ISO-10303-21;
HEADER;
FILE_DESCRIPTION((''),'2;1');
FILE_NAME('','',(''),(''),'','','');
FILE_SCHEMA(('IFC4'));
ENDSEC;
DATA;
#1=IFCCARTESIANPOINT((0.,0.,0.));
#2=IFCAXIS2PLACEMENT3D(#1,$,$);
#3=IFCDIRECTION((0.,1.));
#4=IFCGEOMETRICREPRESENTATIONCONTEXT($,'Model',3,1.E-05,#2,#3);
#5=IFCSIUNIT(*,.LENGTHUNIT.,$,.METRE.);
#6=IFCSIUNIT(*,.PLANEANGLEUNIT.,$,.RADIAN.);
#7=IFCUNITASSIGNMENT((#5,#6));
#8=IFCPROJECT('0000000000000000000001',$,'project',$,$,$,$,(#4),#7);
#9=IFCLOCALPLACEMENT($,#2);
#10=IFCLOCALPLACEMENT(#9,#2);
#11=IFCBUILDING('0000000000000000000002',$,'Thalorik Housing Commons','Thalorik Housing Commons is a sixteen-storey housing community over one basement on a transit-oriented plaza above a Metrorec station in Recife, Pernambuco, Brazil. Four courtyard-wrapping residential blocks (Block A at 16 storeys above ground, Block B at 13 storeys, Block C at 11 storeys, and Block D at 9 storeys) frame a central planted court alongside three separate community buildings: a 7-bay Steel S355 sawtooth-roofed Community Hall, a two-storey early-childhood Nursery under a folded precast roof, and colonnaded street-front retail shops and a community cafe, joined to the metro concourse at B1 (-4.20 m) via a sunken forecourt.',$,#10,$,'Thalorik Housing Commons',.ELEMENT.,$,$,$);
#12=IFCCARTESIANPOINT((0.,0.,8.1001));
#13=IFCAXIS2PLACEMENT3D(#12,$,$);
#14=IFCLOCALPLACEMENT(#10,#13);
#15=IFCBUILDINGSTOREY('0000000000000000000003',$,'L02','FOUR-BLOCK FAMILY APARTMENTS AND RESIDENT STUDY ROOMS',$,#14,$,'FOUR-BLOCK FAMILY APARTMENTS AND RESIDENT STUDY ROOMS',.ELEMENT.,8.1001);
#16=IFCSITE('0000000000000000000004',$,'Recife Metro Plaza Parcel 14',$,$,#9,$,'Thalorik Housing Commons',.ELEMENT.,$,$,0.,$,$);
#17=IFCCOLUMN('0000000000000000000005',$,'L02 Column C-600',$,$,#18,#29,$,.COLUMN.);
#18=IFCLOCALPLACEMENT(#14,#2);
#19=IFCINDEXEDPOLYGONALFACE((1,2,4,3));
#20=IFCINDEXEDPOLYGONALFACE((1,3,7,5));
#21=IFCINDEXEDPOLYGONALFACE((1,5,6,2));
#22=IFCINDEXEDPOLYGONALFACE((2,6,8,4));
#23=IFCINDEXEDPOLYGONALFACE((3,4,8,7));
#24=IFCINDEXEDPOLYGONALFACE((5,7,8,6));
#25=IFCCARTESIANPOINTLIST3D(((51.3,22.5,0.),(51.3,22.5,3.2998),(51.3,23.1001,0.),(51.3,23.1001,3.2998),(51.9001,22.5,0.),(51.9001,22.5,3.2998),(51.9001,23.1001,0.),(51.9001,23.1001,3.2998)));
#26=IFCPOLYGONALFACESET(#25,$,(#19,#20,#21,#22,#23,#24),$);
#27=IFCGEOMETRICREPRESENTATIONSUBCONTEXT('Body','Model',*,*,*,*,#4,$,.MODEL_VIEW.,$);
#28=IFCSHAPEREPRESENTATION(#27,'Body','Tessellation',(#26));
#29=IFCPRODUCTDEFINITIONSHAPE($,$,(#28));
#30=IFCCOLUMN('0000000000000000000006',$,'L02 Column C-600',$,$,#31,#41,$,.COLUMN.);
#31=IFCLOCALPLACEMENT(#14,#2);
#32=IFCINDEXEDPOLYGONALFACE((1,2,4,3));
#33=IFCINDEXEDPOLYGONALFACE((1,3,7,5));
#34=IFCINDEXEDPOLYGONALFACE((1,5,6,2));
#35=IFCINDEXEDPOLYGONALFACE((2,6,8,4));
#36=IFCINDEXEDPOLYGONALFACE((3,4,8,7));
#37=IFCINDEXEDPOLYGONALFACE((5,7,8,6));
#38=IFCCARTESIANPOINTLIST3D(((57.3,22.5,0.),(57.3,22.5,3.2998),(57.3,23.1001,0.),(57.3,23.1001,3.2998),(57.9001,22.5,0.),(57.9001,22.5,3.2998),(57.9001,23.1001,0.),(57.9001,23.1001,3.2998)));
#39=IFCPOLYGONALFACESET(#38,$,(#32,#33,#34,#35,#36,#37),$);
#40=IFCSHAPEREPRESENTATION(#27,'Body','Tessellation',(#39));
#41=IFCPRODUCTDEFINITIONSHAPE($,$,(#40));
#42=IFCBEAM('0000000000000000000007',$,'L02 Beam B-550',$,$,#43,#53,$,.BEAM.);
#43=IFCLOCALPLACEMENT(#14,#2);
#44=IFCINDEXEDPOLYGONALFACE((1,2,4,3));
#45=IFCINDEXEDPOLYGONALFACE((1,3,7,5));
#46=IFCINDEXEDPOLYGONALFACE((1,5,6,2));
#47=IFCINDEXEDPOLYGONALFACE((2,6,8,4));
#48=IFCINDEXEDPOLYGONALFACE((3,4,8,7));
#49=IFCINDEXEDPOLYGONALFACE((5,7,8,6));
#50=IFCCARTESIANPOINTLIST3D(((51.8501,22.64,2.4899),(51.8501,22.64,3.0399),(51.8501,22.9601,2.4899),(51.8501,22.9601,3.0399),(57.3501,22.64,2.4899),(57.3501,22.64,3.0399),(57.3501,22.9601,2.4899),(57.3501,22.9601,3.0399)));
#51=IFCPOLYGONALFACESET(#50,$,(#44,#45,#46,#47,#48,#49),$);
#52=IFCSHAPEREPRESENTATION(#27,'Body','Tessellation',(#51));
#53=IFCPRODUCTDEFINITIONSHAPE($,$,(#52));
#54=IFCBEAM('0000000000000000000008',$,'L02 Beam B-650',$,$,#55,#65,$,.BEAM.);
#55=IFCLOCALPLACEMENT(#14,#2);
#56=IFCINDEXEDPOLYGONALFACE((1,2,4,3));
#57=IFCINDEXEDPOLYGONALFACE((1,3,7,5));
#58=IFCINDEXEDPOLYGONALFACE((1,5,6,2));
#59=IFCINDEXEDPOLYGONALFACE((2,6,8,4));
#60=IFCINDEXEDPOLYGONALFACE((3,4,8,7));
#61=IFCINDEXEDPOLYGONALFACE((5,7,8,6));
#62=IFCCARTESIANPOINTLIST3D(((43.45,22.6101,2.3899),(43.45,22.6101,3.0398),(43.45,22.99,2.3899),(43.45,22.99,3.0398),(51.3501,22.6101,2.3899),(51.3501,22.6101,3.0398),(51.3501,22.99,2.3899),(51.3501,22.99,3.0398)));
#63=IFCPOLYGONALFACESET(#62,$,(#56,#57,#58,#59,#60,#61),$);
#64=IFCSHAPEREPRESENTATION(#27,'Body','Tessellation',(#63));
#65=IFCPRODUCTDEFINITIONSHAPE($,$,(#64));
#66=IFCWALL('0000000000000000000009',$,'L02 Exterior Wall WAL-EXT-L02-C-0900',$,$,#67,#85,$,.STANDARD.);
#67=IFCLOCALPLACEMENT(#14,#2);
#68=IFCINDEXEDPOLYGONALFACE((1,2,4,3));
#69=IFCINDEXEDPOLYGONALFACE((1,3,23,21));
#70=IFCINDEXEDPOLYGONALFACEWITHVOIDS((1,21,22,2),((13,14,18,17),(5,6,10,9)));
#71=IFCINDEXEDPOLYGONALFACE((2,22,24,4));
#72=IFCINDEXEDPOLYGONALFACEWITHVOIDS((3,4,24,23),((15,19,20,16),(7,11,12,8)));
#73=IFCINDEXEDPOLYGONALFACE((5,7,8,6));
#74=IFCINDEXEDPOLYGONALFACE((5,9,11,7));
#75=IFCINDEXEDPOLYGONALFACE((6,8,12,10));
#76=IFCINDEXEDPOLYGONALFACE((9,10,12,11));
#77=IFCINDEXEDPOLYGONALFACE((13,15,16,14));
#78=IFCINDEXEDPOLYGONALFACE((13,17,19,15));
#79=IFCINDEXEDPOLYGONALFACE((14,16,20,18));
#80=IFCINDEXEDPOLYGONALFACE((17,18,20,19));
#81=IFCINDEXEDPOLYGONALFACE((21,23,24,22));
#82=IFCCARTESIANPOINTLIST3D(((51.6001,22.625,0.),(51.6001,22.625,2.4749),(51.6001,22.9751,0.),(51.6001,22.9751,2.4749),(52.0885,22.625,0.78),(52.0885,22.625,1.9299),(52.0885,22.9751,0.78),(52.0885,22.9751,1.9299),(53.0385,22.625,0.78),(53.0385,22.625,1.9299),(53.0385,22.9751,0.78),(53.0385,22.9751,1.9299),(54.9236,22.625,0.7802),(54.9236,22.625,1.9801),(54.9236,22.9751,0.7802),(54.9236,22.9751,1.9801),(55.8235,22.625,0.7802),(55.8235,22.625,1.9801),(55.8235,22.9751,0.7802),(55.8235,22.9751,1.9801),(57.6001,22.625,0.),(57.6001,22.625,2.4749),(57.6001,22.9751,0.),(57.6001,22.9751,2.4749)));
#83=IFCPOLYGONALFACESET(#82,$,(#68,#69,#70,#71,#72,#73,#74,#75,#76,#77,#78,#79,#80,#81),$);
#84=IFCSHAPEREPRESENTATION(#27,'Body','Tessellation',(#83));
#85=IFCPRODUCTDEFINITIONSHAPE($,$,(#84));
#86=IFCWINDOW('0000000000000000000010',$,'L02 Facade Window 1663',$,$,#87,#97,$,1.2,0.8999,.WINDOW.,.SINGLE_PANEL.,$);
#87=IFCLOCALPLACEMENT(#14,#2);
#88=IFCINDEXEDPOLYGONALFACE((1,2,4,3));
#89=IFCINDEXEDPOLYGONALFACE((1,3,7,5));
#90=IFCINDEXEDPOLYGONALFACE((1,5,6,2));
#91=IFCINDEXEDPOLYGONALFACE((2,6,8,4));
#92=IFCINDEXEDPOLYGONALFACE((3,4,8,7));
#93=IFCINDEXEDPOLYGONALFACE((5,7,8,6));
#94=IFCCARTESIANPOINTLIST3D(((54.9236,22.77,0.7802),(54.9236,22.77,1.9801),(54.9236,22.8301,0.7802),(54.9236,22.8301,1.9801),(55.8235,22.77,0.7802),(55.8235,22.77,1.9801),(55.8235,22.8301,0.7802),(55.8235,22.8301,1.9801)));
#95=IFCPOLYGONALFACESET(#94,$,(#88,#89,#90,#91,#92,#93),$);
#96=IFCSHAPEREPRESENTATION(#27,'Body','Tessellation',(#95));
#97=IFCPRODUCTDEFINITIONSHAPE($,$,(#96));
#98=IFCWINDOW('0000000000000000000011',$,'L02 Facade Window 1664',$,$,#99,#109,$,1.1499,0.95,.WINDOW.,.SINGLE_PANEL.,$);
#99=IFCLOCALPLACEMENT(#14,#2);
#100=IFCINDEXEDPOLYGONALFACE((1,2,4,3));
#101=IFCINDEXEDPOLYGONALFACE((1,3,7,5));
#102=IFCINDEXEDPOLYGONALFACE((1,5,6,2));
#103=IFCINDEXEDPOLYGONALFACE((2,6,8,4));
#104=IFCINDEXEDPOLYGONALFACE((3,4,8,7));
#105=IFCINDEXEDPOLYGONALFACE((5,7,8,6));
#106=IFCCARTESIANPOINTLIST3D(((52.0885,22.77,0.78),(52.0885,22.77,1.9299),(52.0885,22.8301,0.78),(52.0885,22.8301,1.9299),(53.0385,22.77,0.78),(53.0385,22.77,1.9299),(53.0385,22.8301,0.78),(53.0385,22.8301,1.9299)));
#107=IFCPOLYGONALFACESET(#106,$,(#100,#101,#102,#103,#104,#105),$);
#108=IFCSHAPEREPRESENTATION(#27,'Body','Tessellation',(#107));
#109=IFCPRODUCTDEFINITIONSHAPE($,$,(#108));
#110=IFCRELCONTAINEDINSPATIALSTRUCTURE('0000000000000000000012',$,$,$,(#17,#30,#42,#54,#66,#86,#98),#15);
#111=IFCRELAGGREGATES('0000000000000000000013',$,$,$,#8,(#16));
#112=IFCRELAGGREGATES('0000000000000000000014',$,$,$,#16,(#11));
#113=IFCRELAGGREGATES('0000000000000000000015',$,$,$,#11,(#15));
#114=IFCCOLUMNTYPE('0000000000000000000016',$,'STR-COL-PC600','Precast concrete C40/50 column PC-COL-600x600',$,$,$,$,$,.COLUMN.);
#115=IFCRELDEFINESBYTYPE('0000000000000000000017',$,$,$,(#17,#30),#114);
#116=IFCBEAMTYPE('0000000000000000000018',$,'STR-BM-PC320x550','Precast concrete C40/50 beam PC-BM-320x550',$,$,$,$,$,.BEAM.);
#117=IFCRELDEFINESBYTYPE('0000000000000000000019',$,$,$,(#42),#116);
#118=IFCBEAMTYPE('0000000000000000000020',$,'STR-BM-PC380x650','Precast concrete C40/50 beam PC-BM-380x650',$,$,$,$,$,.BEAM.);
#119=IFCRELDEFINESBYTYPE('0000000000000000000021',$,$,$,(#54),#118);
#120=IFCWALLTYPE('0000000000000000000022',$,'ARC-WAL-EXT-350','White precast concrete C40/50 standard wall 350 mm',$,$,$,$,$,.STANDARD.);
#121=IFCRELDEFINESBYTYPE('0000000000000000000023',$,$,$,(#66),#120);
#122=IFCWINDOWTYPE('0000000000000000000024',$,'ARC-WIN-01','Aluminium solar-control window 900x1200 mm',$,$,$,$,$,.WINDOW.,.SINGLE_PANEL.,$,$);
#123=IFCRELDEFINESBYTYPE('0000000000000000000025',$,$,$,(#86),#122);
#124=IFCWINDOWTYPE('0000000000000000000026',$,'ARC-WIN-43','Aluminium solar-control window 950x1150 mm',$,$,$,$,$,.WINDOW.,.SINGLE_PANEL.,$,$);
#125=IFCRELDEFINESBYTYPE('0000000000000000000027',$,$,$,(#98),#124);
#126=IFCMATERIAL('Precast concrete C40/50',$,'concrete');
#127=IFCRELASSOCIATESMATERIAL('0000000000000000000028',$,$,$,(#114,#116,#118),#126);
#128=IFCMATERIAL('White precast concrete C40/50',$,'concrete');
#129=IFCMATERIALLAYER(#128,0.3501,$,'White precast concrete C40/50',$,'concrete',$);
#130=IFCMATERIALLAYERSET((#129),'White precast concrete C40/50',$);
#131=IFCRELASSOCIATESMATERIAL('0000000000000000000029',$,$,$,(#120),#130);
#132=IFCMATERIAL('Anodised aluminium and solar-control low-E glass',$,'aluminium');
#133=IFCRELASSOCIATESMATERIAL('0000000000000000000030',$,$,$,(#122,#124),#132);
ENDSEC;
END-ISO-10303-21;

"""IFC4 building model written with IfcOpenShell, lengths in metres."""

from ifc_helpers import new_model, si_unit, direction, frame, frame_2d, origin, origin_2d, place, context, subcontext, project, spatial, rectangle, extrude, material, layer, layer_set, material_profile, profile_set, type_object, element, fill, save


model = new_model("IFC4")

# Units and contexts
model_context = context("Model", 3, precision=1e-05, world=origin(), true_north=direction((0.0, 1.0)))
body_context = subcontext(model_context, "Body", "Model", "MODEL_VIEW")
ifc_project = project(units=[si_unit("LENGTHUNIT", "METRE"), si_unit("PLANEANGLEUNIT", "RADIAN")], contexts=[model_context])

# Site, building, storey
site_placement = place(None, origin())
site = spatial("IfcSite", under=ifc_project, at=site_placement, Name="Recife Metro Plaza Parcel 14", LongName="Thalorik Housing Commons", CompositionType="ELEMENT", RefElevation=0.0)
building_placement = place(site_placement, origin())
building = spatial("IfcBuilding", under=site, at=building_placement, Name="Thalorik Housing Commons", Description="Thalorik Housing Commons is a sixteen-storey housing community over one basement on a transit-oriented plaza above a Metrorec station in Recife, Pernambuco, Brazil. Four courtyard-wrapping residential blocks (Block A at 16 storeys above ground, Block B at 13 storeys, Block C at 11 storeys, and Block D at 9 storeys) frame a central planted court alongside three separate community buildings: a 7-bay Steel S355 sawtooth-roofed Community Hall, a two-storey early-childhood Nursery under a folded precast roof, and colonnaded street-front retail shops and a community cafe, joined to the metro concourse at B1 (-4.20 m) via a sunken forecourt.", LongName="Thalorik Housing Commons", CompositionType="ELEMENT")
storey_placement = place(building_placement, frame((0.0, 0.0, 8.1001)))
storey = spatial("IfcBuildingStorey", under=building, at=storey_placement, Name="L02", Description="FOUR-BLOCK FAMILY APARTMENTS AND RESIDENT STUDY ROOMS", LongName="FOUR-BLOCK FAMILY APARTMENTS AND RESIDENT STUDY ROOMS", CompositionType="ELEMENT", Elevation=8.1001)

# Columns
ifc_material_1 = material(Name="Precast concrete C40/50", Category="concrete")
ifc_material_profile_1 = material_profile(ifc_material_1, rectangle(XDim=0.6001, YDim=0.6001, at=origin_2d()), Name="PC 600x600", Category="concrete")
ifc_profile_set_1 = profile_set([ifc_material_profile_1], Name="Precast concrete C40/50")
column_type = type_object("IfcColumnType", Name="STR-COL-PC600", Description="Precast concrete C40/50 column PC-COL-600x600", PredefinedType="COLUMN", material=ifc_profile_set_1)
for number, where, z_axis, x_axis, name in (
    (1, (51.6001, 22.8, 0.0), (0.0, 0.0, 1.0), (1.0, 0.0, 0.0), "L02 Column C-600"),
    (2, (57.6001, 22.8, 0.0), (0.0, 0.0, 1.0), (1.0, 0.0, 0.0), "L02 Column C-600"),
):
    element("IfcColumn", number, at=place(storey_placement, frame(where, z_axis=z_axis, x_axis=x_axis)), inside=storey, type_object=column_type, Name=name, PredefinedType="COLUMN", context=body_context, shape_type="SweptSolid", body=[
        extrude(rectangle(XDim=0.6001, YDim=0.6001, at=origin_2d()), origin(), (0.0, 0.0, 1.0), 3.2998),
    ])

# Beams
ifc_material_profile_2 = material_profile(ifc_material_1, rectangle(XDim=0.3201, YDim=0.55, at=origin_2d()), Name="PC 320x550", Category="concrete")
ifc_profile_set_2 = profile_set([ifc_material_profile_2], Name="Precast concrete C40/50")
beam_type_1 = type_object("IfcBeamType", Name="STR-BM-PC320x550", Description="Precast concrete C40/50 beam PC-BM-320x550", PredefinedType="BEAM", material=ifc_profile_set_2)
beam_1_placement = place(storey_placement, frame((51.8501, 22.8, 2.7649), z_axis=(1.0, 0.0, 0.0), x_axis=(0.0, 1.0, 0.0)))
element("IfcBeam", 3, at=beam_1_placement, inside=storey, type_object=beam_type_1, Name="L02 Beam B-550", PredefinedType="BEAM", context=body_context, shape_type="SweptSolid", body=[
    extrude(rectangle(XDim=0.3201, YDim=0.55, at=origin_2d()), origin(), (0.0, 0.0, 1.0), 5.5),
])
ifc_material_profile_3 = material_profile(ifc_material_1, rectangle(XDim=0.3799, YDim=0.6499, at=origin_2d()), Name="PC 380x650", Category="concrete")
ifc_profile_set_3 = profile_set([ifc_material_profile_3], Name="Precast concrete C40/50")
beam_type_2 = type_object("IfcBeamType", Name="STR-BM-PC380x650", Description="Precast concrete C40/50 beam PC-BM-380x650", PredefinedType="BEAM", material=ifc_profile_set_3)
beam_2_placement = place(storey_placement, frame((43.45, 22.8, 2.7148), z_axis=(1.0, 0.0, 0.0), x_axis=(0.0, 1.0, 0.0)))
element("IfcBeam", 4, at=beam_2_placement, inside=storey, type_object=beam_type_2, Name="L02 Beam B-650", PredefinedType="BEAM", context=body_context, shape_type="SweptSolid", body=[
    extrude(rectangle(XDim=0.3799, YDim=0.6499, at=origin_2d()), origin(), (0.0, 0.0, 1.0), 7.9001),
])

# Wall, openings, windows
ifc_material_2 = material(Name="White precast concrete C40/50", Category="concrete")
ifc_layer_1 = layer(ifc_material_2, 0.3501, Name="White precast concrete C40/50", Category="concrete")
ifc_layer_set_1 = layer_set([ifc_layer_1], Name="White precast concrete C40/50")
wall_type = type_object("IfcWallType", Name="ARC-WAL-EXT-350", Description="White precast concrete C40/50 standard wall 350 mm", PredefinedType="STANDARD", material=ifc_layer_set_1)
wall_1_placement = place(storey_placement, frame((57.6001, 22.8, 0.0), z_axis=(0.0, 0.0, 1.0), x_axis=(-1.0, 0.0, 0.0)))
wall_1 = element("IfcWall", 5, at=wall_1_placement, inside=storey, type_object=wall_type, Name="L02 Exterior Wall WAL-EXT-L02-C-0900", PredefinedType="STANDARD", context=body_context, shape_type="SweptSolid", body=[
    extrude(rectangle(XDim=6.0, YDim=0.3501, at=frame_2d((3.0, 0.0))), origin(), (0.0, 0.0, 1.0), 2.4749),
])
opening_1_placement = place(wall_1_placement, frame((1.7766, 0.0, 0.78)))
opening_1 = element("IfcOpeningElement", 6, at=opening_1_placement, cuts=wall_1, PredefinedType="OPENING", context=body_context, shape_type="SweptSolid", body=[
    extrude(rectangle(XDim=0.8999, YDim=1.2, at=frame_2d((0.45, 0.6001))), frame((0.0, 0.1851, 0.0), z_axis=(0.0, -1.0, 0.0), x_axis=(1.0, 0.0, 0.0)), (0.0, 0.0, 1.0), 0.3701),
])
opening_2_placement = place(wall_1_placement, frame((4.5615, 0.0, 0.78)))
opening_2 = element("IfcOpeningElement", 7, at=opening_2_placement, cuts=wall_1, PredefinedType="OPENING", context=body_context, shape_type="SweptSolid", body=[
    extrude(rectangle(XDim=0.95, YDim=1.1499, at=frame_2d((0.4751, 0.575))), frame((0.0, 0.1851, 0.0), z_axis=(0.0, -1.0, 0.0), x_axis=(1.0, 0.0, 0.0)), (0.0, 0.0, 1.0), 0.3701),
])
ifc_material_3 = material(Name="Anodised aluminium and solar-control low-E glass", Category="aluminium")
window_type_1 = type_object("IfcWindowType", Name="ARC-WIN-01", Description="Aluminium solar-control window 900x1200 mm", PartitioningType="SINGLE_PANEL", PredefinedType="WINDOW", material=ifc_material_3)
window_1_placement = place(opening_1_placement, origin())
window_1 = element("IfcWindow", 8, at=window_1_placement, inside=storey, type_object=window_type_1, Name="L02 Facade Window 1663", OverallHeight=1.2, OverallWidth=0.8999, PartitioningType="SINGLE_PANEL", PredefinedType="WINDOW", context=body_context, shape_type="SweptSolid", body=[
    extrude(rectangle(XDim=0.8999, YDim=1.2, at=frame_2d((0.45, 0.6001))), frame((0.0, 0.03, 0.0), z_axis=(0.0, -1.0, 0.0), x_axis=(1.0, 0.0, 0.0)), (0.0, 0.0, 1.0), 0.0601),
])
fill(opening_1, window_1)
window_type_2 = type_object("IfcWindowType", Name="ARC-WIN-43", Description="Aluminium solar-control window 950x1150 mm", PartitioningType="SINGLE_PANEL", PredefinedType="WINDOW", material=ifc_material_3)
window_2_placement = place(opening_2_placement, origin())
window_2 = element("IfcWindow", 9, at=window_2_placement, inside=storey, type_object=window_type_2, Name="L02 Facade Window 1664", OverallHeight=1.1499, OverallWidth=0.95, PartitioningType="SINGLE_PANEL", PredefinedType="WINDOW", context=body_context, shape_type="SweptSolid", body=[
    extrude(rectangle(XDim=0.95, YDim=1.1499, at=frame_2d((0.4751, 0.575))), frame((0.0, 0.03, 0.0), z_axis=(0.0, -1.0, 0.0), x_axis=(1.0, 0.0, 0.0)), (0.0, 0.0, 1.0), 0.0601),
])
fill(opening_2, window_2)

save(model, "model.ifc")
